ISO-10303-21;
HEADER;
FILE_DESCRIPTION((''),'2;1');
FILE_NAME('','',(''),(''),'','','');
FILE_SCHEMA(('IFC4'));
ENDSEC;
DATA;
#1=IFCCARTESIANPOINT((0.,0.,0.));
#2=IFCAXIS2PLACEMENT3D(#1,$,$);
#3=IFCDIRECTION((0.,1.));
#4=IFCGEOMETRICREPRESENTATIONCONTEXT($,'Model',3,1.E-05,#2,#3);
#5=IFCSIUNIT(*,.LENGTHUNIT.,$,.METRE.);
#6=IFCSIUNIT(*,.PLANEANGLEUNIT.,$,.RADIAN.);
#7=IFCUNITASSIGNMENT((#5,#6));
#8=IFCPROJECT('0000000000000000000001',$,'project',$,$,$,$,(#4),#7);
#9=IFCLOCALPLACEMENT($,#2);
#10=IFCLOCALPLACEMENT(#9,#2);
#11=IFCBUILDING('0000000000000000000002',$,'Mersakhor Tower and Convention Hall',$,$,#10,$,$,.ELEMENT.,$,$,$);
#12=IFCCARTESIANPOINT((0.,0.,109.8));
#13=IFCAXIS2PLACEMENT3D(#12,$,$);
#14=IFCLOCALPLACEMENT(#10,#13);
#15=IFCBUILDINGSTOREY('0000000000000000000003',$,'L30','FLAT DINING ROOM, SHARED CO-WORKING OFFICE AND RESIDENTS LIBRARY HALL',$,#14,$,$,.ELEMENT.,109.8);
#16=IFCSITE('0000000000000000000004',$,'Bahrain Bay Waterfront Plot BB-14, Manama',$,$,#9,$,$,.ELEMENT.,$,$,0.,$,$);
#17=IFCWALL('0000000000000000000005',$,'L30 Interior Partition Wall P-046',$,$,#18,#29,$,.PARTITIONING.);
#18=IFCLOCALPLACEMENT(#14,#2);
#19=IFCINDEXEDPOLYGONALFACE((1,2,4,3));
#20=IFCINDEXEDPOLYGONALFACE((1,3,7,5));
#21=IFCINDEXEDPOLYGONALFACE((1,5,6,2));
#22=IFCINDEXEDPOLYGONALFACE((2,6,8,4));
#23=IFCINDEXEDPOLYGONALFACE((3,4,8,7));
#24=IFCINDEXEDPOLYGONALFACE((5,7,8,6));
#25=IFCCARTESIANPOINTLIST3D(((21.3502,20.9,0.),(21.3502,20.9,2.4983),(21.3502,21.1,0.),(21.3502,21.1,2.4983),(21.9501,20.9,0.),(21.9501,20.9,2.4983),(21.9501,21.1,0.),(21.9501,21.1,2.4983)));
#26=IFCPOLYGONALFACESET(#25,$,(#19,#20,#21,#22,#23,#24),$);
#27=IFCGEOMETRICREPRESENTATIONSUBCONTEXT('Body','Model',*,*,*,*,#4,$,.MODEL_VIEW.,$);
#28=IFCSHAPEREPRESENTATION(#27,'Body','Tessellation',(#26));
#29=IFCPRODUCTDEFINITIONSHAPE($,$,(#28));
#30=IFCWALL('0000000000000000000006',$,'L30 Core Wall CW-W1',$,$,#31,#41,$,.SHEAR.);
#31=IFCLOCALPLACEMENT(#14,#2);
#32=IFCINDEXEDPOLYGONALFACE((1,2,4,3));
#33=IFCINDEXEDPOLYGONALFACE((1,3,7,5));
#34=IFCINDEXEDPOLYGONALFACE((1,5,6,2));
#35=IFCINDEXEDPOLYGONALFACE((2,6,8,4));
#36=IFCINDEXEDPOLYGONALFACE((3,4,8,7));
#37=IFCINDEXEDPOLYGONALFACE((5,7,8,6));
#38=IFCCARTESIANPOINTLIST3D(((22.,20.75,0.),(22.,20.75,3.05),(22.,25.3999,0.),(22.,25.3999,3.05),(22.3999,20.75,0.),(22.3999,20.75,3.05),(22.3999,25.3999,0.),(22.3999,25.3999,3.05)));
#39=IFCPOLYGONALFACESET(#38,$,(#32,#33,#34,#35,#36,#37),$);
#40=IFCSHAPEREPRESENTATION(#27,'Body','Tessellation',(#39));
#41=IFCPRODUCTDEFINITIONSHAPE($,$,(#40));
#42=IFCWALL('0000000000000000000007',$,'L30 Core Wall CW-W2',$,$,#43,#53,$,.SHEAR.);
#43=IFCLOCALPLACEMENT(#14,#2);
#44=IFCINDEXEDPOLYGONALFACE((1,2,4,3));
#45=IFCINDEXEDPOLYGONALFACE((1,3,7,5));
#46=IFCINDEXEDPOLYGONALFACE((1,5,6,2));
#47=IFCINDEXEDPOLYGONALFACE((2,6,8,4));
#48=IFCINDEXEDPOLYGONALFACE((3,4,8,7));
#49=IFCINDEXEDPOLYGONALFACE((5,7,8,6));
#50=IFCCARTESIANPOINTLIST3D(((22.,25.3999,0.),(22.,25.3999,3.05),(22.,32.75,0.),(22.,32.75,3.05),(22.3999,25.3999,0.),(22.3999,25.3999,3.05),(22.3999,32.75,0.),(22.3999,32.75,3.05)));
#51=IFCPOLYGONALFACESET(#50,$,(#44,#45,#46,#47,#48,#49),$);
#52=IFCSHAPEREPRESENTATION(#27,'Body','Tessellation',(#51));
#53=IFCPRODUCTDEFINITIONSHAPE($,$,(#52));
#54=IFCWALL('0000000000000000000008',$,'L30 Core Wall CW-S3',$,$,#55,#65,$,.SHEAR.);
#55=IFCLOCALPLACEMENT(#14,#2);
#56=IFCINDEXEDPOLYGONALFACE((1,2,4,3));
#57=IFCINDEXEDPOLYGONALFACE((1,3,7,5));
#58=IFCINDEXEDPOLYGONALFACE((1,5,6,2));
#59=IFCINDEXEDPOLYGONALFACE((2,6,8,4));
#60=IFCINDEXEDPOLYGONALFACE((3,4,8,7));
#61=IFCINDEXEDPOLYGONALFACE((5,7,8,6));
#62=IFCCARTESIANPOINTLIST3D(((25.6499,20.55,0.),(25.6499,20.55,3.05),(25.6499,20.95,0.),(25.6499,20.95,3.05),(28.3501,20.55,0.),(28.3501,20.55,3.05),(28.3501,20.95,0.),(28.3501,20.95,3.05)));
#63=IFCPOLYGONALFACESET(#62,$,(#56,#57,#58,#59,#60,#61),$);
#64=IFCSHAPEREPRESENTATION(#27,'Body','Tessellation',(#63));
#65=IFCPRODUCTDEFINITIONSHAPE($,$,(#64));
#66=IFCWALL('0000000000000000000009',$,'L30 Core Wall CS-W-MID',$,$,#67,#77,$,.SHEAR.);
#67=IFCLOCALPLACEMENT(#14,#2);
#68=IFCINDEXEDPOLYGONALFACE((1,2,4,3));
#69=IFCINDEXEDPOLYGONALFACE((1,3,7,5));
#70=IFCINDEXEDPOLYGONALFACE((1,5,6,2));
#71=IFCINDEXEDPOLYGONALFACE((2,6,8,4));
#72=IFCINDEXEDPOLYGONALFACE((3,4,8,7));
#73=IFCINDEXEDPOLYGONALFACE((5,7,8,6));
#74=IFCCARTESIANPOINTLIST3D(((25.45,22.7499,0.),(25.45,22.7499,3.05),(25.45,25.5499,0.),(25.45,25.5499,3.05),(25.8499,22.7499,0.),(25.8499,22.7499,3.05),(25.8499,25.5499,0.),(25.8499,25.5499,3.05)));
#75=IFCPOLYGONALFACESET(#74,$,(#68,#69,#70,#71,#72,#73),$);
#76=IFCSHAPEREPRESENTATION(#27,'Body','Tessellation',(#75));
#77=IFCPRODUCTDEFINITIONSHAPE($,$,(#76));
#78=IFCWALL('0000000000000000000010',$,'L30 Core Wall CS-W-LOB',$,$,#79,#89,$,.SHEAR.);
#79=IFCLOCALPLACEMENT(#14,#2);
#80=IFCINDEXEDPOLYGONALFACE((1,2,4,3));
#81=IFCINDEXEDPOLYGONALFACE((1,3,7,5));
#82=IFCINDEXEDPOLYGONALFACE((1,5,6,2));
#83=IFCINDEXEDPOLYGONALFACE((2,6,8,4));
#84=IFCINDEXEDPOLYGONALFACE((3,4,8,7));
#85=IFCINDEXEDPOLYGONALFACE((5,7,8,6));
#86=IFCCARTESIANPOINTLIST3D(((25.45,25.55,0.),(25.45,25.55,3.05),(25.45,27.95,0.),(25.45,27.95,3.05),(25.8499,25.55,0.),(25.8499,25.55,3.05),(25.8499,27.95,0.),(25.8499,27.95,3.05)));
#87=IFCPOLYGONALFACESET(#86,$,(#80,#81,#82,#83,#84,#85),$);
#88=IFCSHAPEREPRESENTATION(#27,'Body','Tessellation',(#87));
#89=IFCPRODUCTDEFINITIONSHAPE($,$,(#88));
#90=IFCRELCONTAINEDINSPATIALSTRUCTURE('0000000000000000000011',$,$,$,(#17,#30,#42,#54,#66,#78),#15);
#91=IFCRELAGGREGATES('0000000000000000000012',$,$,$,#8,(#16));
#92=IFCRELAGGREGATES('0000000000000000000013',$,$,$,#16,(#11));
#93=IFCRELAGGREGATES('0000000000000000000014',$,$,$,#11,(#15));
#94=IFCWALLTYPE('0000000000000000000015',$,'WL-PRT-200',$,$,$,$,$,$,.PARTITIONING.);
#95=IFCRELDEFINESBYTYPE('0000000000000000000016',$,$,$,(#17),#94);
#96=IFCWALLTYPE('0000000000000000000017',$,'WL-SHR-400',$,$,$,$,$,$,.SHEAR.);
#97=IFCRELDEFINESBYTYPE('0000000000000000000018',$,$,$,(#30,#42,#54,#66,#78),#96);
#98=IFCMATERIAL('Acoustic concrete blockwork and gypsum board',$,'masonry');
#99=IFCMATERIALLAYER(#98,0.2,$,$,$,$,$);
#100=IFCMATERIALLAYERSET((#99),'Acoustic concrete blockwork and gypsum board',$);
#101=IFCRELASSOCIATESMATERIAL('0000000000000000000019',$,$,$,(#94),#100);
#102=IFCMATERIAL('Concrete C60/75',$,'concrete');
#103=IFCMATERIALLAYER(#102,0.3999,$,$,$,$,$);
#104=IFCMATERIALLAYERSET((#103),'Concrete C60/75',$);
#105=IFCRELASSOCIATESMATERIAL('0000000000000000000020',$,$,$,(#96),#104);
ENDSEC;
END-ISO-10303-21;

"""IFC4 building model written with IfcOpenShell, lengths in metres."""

from ifc_helpers import new_model, si_unit, direction, frame, frame_2d, origin, place, context, subcontext, project, spatial, rectangle, extrude, material, layer, layer_set, type_object, element, save


model = new_model("IFC4")

# Units and contexts
model_context = context("Model", 3, precision=1e-05, world=origin(), true_north=direction((0.0, 1.0)))
body_context = subcontext(model_context, "Body", "Model", "MODEL_VIEW")
ifc_project = project(units=[si_unit("LENGTHUNIT", "METRE"), si_unit("PLANEANGLEUNIT", "RADIAN")], contexts=[model_context])

# Site, building, storey
site_placement = place(None, origin())
site = spatial("IfcSite", under=ifc_project, at=site_placement, Name="Bahrain Bay Waterfront Plot BB-14, Manama", CompositionType="ELEMENT", RefElevation=0.0)
building_placement = place(site_placement, origin())
building = spatial("IfcBuilding", under=site, at=building_placement, Name="Mersakhor Tower and Convention Hall", CompositionType="ELEMENT")
storey_placement = place(building_placement, frame((0.0, 0.0, 109.8)))
storey = spatial("IfcBuildingStorey", under=building, at=storey_placement, Name="L30", Description="FLAT DINING ROOM, SHARED CO-WORKING OFFICE AND RESIDENTS LIBRARY HALL", CompositionType="ELEMENT", Elevation=109.8)

# Shared definitions
ifc_material_1 = material(Name="Acoustic concrete blockwork and gypsum board", Category="masonry")
ifc_layer_1 = layer(ifc_material_1, 0.2)
ifc_layer_set_1 = layer_set([ifc_layer_1], Name="Acoustic concrete blockwork and gypsum board")
wall_type_1 = type_object("IfcWallType", Name="WL-PRT-200", PredefinedType="PARTITIONING", material=ifc_layer_set_1)

# Wall
wall_1_placement = place(storey_placement, frame((21.95, 21.0, 0.0), z_axis=(0.0, 0.0, 1.0), x_axis=(-1.0, 0.0, 0.0)))
element("IfcWall", 1, at=wall_1_placement, inside=storey, type_object=wall_type_1, Name="L30 Interior Partition Wall P-046", PredefinedType="PARTITIONING", context=body_context, shape_type="SweptSolid", body=[
    extrude(rectangle(XDim=0.5999, YDim=0.2, at=frame_2d((0.2998, 0.0))), origin(), (0.0, 0.0, 1.0), 2.4983),
])

# Walls
ifc_material_2 = material(Name="Concrete C60/75", Category="concrete")
ifc_layer_2 = layer(ifc_material_2, 0.3999)
ifc_layer_set_2 = layer_set([ifc_layer_2], Name="Concrete C60/75")
wall_type_2 = type_object("IfcWallType", Name="WL-SHR-400", PredefinedType="SHEAR", material=ifc_layer_set_2)
wall_2_placement = place(storey_placement, frame((22.2, 20.75, 0.0), z_axis=(0.0, 0.0, 1.0), x_axis=(0.0, 1.0, 0.0)))
element("IfcWall", 2, at=wall_2_placement, inside=storey, type_object=wall_type_2, Name="L30 Core Wall CW-W1", PredefinedType="SHEAR", context=body_context, shape_type="SweptSolid", body=[
    extrude(rectangle(XDim=4.6499, YDim=0.3999, at=frame_2d((2.325, 0.0))), origin(), (0.0, 0.0, 1.0), 3.05),
])
wall_3_placement = place(storey_placement, frame((22.2, 25.3999, 0.0), z_axis=(0.0, 0.0, 1.0), x_axis=(0.0, 1.0, 0.0)))
element("IfcWall", 3, at=wall_3_placement, inside=storey, type_object=wall_type_2, Name="L30 Core Wall CW-W2", PredefinedType="SHEAR", context=body_context, shape_type="SweptSolid", body=[
    extrude(rectangle(XDim=7.3501, YDim=0.3999, at=frame_2d((3.675, 0.0))), origin(), (0.0, 0.0, 1.0), 3.05),
])
wall_4_placement = place(storey_placement, frame((28.3501, 20.75, 0.0), z_axis=(0.0, 0.0, 1.0), x_axis=(-1.0, 0.0, 0.0)))
element("IfcWall", 4, at=wall_4_placement, inside=storey, type_object=wall_type_2, Name="L30 Core Wall CW-S3", PredefinedType="SHEAR", context=body_context, shape_type="SweptSolid", body=[
    extrude(rectangle(XDim=2.7002, YDim=0.3999, at=frame_2d((1.3501, 0.0))), origin(), (0.0, 0.0, 1.0), 3.05),
])

# Walls
wall_5_placement = place(storey_placement, frame((25.6499, 22.75, 0.0), z_axis=(0.0, 0.0, 1.0), x_axis=(0.0, 1.0, 0.0)))
element("IfcWall", 5, at=wall_5_placement, inside=storey, type_object=wall_type_2, Name="L30 Core Wall CS-W-MID", PredefinedType="SHEAR", context=body_context, shape_type="SweptSolid", body=[
    extrude(rectangle(XDim=2.8, YDim=0.3999, at=frame_2d((1.3999, 0.0))), origin(), (0.0, 0.0, 1.0), 3.05),
])
wall_6_placement = place(storey_placement, frame((25.6499, 25.55, 0.0), z_axis=(0.0, 0.0, 1.0), x_axis=(0.0, 1.0, 0.0)))
element("IfcWall", 6, at=wall_6_placement, inside=storey, type_object=wall_type_2, Name="L30 Core Wall CS-W-LOB", PredefinedType="SHEAR", context=body_context, shape_type="SweptSolid", body=[
    extrude(rectangle(XDim=2.3999, YDim=0.3999, at=frame_2d((1.2, 0.0))), origin(), (0.0, 0.0, 1.0), 3.05),
])

save(model, "model.ifc")
